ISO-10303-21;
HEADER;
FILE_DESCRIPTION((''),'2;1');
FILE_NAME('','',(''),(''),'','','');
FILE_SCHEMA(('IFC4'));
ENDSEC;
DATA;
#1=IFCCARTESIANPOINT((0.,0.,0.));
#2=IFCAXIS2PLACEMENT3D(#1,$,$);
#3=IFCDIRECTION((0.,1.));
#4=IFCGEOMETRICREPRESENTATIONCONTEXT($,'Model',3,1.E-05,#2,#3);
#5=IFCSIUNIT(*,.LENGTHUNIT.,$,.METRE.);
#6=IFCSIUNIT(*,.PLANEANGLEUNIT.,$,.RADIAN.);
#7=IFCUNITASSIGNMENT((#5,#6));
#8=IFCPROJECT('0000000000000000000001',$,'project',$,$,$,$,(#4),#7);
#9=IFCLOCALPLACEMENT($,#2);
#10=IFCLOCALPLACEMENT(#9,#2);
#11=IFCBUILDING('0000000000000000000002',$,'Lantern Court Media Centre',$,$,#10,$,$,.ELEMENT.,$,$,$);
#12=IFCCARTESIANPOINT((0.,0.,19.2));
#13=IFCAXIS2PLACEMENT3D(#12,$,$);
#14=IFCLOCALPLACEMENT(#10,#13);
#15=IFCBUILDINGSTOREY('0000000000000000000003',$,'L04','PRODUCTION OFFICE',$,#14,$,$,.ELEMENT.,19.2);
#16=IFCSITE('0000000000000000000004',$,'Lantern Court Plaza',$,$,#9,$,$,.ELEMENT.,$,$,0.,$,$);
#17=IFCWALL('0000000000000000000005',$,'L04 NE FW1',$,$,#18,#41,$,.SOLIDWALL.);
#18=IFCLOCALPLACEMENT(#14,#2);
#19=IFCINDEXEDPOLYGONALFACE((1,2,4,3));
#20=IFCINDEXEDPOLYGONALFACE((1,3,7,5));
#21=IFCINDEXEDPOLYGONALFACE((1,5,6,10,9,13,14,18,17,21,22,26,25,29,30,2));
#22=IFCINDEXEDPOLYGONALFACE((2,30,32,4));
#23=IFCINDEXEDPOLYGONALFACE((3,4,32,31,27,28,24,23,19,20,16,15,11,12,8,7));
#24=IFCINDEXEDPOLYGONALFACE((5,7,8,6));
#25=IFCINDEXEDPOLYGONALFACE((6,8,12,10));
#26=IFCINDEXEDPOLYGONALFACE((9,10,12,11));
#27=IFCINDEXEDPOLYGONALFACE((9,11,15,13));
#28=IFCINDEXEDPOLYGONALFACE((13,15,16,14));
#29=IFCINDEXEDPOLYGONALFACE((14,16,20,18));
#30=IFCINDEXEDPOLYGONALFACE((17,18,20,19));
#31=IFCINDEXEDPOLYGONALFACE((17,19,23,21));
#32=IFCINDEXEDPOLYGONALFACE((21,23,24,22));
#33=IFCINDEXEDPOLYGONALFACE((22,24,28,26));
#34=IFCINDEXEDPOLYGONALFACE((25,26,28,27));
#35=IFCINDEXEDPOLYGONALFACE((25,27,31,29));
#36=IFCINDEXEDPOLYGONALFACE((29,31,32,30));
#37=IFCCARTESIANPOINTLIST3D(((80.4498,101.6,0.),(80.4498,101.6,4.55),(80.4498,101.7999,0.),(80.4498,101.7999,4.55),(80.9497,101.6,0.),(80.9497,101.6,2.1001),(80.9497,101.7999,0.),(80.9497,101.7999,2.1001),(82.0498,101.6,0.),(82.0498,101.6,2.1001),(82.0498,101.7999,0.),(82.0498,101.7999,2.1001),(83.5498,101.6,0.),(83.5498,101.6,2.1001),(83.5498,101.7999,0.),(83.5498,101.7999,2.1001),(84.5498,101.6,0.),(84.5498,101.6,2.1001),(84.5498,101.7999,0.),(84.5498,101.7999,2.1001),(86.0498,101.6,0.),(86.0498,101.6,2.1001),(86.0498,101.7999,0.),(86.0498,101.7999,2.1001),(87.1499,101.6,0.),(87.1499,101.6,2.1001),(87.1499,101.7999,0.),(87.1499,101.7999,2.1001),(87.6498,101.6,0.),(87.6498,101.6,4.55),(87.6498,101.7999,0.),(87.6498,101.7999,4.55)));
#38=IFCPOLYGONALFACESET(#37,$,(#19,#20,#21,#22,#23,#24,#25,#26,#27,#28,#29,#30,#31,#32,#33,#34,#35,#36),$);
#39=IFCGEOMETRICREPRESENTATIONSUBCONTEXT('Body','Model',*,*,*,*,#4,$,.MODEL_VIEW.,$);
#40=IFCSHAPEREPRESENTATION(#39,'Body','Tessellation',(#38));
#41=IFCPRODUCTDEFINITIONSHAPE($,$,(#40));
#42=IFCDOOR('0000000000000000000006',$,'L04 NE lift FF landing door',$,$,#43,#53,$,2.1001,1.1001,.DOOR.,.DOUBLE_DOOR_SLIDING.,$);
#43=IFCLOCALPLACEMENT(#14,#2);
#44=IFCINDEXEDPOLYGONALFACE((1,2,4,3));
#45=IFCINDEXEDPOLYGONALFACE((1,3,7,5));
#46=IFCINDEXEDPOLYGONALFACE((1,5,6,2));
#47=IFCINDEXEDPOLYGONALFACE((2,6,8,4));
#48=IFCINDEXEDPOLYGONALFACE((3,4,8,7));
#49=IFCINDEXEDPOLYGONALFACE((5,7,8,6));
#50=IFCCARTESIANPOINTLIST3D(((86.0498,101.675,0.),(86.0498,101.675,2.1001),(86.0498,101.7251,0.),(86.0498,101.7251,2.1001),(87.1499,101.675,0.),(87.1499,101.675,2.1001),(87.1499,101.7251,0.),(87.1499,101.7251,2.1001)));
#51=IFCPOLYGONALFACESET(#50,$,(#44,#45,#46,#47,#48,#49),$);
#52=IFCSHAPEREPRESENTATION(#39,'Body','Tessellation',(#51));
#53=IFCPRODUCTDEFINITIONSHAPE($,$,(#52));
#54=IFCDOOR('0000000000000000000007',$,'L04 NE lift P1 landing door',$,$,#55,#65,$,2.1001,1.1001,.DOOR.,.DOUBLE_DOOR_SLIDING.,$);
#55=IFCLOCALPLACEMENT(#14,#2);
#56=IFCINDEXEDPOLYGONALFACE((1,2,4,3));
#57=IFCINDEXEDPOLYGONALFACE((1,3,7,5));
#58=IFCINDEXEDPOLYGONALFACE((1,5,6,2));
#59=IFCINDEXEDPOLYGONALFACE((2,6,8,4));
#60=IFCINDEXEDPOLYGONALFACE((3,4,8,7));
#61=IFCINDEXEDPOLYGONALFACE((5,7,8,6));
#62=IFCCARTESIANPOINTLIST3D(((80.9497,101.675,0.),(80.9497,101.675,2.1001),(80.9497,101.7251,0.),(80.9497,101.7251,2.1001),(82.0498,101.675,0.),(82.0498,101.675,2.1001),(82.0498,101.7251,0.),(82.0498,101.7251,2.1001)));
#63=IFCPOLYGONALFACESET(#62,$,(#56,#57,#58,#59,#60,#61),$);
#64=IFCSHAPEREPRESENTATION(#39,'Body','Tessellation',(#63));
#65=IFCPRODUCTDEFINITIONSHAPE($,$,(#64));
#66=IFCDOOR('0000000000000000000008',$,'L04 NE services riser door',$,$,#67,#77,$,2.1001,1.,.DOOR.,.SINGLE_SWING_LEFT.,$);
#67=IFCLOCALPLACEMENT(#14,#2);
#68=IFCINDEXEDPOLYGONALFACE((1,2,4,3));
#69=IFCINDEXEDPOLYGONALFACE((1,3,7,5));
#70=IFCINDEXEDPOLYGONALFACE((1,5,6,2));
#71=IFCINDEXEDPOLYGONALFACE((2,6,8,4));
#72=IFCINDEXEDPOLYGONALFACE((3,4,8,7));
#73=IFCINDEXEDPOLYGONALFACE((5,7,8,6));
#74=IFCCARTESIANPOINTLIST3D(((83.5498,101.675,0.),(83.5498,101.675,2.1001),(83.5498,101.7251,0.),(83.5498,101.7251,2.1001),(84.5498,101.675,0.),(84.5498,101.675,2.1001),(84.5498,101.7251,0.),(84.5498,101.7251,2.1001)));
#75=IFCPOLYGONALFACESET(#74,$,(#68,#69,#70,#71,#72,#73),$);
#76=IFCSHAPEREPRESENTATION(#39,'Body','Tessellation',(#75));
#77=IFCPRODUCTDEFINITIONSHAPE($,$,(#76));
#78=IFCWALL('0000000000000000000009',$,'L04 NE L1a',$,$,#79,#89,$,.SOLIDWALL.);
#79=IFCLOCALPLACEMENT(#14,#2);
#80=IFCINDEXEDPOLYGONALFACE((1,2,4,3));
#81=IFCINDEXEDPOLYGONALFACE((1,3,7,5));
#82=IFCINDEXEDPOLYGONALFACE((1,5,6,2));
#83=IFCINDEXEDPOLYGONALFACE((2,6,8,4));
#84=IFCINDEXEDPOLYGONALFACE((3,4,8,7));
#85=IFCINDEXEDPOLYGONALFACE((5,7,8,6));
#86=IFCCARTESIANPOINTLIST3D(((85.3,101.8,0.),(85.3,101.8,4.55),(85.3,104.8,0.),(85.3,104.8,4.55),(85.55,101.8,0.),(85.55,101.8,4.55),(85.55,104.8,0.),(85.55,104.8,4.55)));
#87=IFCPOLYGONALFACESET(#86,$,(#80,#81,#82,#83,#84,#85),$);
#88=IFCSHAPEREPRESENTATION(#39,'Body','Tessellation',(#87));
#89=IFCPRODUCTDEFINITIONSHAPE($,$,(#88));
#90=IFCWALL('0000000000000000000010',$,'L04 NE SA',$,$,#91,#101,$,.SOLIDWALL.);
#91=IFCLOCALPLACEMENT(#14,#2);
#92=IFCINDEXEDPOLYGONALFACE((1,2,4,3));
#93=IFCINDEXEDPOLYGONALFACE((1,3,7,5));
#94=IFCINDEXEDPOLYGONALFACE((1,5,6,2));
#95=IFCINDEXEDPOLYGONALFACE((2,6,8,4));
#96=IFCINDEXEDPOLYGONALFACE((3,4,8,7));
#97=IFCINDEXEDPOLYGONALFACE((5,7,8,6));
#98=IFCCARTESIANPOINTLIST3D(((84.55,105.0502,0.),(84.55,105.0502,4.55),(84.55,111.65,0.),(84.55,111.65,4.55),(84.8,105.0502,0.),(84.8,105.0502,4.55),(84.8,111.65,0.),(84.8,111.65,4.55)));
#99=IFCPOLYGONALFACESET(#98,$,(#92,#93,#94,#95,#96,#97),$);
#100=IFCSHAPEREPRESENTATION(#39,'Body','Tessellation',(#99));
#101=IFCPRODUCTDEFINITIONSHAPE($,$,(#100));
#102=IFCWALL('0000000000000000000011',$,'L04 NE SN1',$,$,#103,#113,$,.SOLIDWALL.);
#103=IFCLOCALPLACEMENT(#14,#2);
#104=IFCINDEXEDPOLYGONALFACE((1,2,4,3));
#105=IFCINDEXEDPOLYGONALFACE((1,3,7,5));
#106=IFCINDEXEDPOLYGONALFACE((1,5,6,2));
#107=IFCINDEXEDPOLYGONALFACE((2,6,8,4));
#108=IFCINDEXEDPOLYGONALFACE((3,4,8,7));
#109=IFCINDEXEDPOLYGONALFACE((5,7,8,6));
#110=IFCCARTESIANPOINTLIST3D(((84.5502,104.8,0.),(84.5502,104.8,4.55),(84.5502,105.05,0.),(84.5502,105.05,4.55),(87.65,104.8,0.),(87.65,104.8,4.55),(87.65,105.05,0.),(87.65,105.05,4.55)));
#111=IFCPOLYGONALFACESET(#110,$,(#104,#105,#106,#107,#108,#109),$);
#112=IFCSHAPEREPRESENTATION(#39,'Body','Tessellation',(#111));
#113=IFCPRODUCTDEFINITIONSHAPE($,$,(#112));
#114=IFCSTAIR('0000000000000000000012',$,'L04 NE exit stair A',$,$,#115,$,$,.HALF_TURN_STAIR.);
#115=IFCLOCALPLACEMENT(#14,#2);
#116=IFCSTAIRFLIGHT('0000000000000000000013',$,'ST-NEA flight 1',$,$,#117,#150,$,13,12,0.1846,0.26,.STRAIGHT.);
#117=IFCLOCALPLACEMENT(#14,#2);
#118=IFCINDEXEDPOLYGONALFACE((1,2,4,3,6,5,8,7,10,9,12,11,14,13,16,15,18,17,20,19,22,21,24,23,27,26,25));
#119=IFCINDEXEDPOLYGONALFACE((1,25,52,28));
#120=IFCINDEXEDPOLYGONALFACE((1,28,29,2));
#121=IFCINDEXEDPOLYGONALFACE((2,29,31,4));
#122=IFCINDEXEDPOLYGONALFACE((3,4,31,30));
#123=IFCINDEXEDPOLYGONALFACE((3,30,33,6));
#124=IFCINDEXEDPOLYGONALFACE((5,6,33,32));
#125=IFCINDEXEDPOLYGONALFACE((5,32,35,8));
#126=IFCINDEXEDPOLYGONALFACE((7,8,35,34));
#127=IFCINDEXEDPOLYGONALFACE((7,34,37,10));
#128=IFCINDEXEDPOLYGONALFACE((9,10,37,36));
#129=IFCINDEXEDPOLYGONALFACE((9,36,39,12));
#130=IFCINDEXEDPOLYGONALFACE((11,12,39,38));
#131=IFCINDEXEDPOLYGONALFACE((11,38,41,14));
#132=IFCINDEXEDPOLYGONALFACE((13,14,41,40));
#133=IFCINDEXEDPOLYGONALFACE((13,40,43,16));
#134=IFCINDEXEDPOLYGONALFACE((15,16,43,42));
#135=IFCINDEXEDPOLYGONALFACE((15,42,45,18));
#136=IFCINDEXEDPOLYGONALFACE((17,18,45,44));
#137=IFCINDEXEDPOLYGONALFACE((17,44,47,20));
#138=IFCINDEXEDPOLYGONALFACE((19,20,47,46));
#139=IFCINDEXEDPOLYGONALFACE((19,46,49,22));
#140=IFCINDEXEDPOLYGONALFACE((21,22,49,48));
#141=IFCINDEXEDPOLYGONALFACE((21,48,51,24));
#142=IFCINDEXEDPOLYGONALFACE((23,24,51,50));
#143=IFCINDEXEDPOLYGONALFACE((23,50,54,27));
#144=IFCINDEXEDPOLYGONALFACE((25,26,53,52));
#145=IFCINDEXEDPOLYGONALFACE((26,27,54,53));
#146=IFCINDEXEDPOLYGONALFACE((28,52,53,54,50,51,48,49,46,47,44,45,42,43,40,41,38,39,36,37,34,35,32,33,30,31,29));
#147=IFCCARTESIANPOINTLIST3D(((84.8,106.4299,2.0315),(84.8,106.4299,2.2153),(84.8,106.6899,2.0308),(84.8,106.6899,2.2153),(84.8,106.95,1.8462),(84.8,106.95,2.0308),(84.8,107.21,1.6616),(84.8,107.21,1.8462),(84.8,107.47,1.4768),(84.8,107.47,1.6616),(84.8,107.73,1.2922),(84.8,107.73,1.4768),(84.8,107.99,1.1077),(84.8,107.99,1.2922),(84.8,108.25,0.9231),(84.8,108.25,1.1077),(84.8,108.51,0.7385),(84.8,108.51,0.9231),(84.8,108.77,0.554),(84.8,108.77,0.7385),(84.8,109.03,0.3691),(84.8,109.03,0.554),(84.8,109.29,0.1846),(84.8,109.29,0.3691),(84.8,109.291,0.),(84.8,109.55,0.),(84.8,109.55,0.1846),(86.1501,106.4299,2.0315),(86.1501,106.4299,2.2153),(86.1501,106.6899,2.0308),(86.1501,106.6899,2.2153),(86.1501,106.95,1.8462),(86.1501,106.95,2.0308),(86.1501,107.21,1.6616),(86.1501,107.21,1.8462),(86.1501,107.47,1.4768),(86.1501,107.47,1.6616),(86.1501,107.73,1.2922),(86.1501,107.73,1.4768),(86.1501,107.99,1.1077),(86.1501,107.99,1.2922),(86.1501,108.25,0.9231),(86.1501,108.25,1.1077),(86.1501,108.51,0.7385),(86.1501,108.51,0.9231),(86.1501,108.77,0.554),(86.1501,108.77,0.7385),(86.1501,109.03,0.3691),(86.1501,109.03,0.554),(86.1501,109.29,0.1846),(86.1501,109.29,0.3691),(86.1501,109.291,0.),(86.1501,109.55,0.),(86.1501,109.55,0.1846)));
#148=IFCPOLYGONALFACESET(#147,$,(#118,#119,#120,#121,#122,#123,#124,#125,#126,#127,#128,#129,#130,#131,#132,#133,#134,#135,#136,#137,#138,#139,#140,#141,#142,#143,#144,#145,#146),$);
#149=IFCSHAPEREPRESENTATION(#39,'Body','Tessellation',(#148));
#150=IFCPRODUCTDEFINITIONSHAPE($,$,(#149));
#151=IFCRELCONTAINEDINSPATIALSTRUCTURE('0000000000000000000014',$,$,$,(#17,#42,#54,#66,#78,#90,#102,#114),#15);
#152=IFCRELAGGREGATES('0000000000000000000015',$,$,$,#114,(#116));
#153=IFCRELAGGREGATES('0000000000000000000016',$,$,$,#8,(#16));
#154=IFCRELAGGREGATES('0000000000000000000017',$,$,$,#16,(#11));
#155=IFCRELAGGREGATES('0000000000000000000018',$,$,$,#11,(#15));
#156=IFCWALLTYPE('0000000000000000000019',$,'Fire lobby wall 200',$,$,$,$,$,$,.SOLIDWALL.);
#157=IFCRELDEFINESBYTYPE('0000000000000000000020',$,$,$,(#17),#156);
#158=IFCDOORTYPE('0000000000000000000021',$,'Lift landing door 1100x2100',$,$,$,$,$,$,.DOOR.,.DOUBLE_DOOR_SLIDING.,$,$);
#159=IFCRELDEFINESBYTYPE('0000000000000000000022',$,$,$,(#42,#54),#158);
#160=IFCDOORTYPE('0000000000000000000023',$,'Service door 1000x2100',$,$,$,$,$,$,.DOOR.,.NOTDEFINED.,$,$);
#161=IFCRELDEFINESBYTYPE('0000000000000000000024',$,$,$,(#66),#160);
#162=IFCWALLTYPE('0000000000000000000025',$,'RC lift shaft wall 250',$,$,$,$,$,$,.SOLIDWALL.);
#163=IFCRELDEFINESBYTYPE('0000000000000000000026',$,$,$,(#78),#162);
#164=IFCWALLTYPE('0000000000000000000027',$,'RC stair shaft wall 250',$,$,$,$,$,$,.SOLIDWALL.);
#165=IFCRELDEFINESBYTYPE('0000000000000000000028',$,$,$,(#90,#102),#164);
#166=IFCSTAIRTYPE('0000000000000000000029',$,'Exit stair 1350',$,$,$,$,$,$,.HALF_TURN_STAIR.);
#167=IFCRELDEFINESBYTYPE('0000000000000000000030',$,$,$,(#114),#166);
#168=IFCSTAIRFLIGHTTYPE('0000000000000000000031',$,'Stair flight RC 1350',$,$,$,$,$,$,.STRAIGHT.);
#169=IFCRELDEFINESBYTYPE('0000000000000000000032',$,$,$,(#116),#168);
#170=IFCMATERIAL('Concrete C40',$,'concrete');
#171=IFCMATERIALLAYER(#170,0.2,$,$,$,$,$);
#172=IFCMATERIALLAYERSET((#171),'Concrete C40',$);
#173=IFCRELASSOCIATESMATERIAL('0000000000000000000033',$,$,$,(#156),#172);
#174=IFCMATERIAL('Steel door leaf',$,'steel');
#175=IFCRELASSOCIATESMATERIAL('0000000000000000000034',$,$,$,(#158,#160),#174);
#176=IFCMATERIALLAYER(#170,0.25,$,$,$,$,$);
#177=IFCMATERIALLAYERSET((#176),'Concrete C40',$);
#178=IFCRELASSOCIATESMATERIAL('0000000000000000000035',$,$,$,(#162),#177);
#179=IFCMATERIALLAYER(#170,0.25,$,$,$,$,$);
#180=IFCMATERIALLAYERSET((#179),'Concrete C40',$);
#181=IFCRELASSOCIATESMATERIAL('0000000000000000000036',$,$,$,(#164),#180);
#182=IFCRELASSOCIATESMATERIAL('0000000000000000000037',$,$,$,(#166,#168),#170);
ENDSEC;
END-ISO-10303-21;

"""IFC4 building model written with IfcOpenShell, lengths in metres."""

from ifc_helpers import new_model, si_unit, direction, frame, frame_2d, origin, place, context, subcontext, project, spatial, polyline, rectangle, outline, extrude, material, layer, layer_set, type_object, element, fill, aggregate, save


model = new_model("IFC4")

# Units and contexts
model_context = context("Model", 3, precision=1e-05, world=origin(), true_north=direction((0.0, 1.0)))
body_context = subcontext(model_context, "Body", "Model", "MODEL_VIEW")
ifc_project = project(units=[si_unit("LENGTHUNIT", "METRE"), si_unit("PLANEANGLEUNIT", "RADIAN")], contexts=[model_context])

# Site, building, storey
site_placement = place(None, origin())
site = spatial("IfcSite", under=ifc_project, at=site_placement, Name="Lantern Court Plaza", CompositionType="ELEMENT", RefElevation=0.0)
building_placement = place(site_placement, origin())
building = spatial("IfcBuilding", under=site, at=building_placement, Name="Lantern Court Media Centre", CompositionType="ELEMENT")
storey_placement = place(building_placement, frame((0.0, 0.0, 19.2)))
storey = spatial("IfcBuildingStorey", under=building, at=storey_placement, Name="L04", Description="PRODUCTION OFFICE", CompositionType="ELEMENT", Elevation=19.2)

# Wall, openings, doors
ifc_material_1 = material(Name="Concrete C40", Category="concrete")
ifc_layer_1 = layer(ifc_material_1, 0.2)
ifc_layer_set_1 = layer_set([ifc_layer_1], Name="Concrete C40")
wall_type_1 = type_object("IfcWallType", Name="Fire lobby wall 200", PredefinedType="SOLIDWALL", material=ifc_layer_set_1)
wall_1_placement = place(storey_placement, frame((87.6499, 101.7, 0.0), z_axis=(0.0, 0.0, 1.0), x_axis=(-1.0, 0.0, 0.0)))
wall_1 = element("IfcWall", 1, at=wall_1_placement, inside=storey, type_object=wall_type_1, Name="L04 NE FW1", PredefinedType="SOLIDWALL", context=body_context, shape_type="SweptSolid", body=[
    extrude(rectangle(XDim=7.2, YDim=0.2, at=frame_2d((3.6001, 0.0))), origin(), (0.0, 0.0, 1.0), 4.55),
])
opening_1_placement = place(wall_1_placement, frame((0.5, 0.0, 0.0)))
opening_1 = element("IfcOpeningElement", 2, at=opening_1_placement, cuts=wall_1, PredefinedType="OPENING", context=body_context, shape_type="SweptSolid", body=[
    extrude(rectangle(XDim=1.1001, YDim=2.1001, at=frame_2d((0.55, 1.05))), frame((0.0, 0.1099, 0.0), z_axis=(0.0, -1.0, 0.0), x_axis=(1.0, 0.0, 0.0)), (0.0, 0.0, 1.0), 0.22),
])
opening_2_placement = place(wall_1_placement, frame((5.6001, 0.0, 0.0)))
opening_2 = element("IfcOpeningElement", 3, at=opening_2_placement, cuts=wall_1, PredefinedType="OPENING", context=body_context, shape_type="SweptSolid", body=[
    extrude(rectangle(XDim=1.1001, YDim=2.1001, at=frame_2d((0.55, 1.05))), frame((0.0, 0.1099, 0.0), z_axis=(0.0, -1.0, 0.0), x_axis=(1.0, 0.0, 0.0)), (0.0, 0.0, 1.0), 0.22),
])
opening_3_placement = place(wall_1_placement, frame((3.1001, 0.0, 0.0)))
opening_3 = element("IfcOpeningElement", 4, at=opening_3_placement, cuts=wall_1, PredefinedType="OPENING", context=body_context, shape_type="SweptSolid", body=[
    extrude(rectangle(XDim=1.0, YDim=2.1001, at=frame_2d((0.5, 1.05))), frame((0.0, 0.1099, 0.0), z_axis=(0.0, -1.0, 0.0), x_axis=(1.0, 0.0, 0.0)), (0.0, 0.0, 1.0), 0.22),
])
ifc_material_2 = material(Name="Steel door leaf", Category="steel")
door_type_1 = type_object("IfcDoorType", Name="Lift landing door 1100x2100", OperationType="DOUBLE_DOOR_SLIDING", PredefinedType="DOOR", material=ifc_material_2)
door_1_placement = place(opening_1_placement, origin())
door_1 = element("IfcDoor", 5, at=door_1_placement, inside=storey, type_object=door_type_1, Name="L04 NE lift FF landing door", OperationType="DOUBLE_DOOR_SLIDING", OverallHeight=2.1001, OverallWidth=1.1001, PredefinedType="DOOR", context=body_context, shape_type="SweptSolid", body=[
    extrude(rectangle(XDim=1.1001, YDim=2.1001, at=frame_2d((0.55, 1.05))), frame((0.0, 0.0249, 0.0), z_axis=(0.0, -1.0, 0.0), x_axis=(1.0, 0.0, 0.0)), (0.0, 0.0, 1.0), 0.05),
])
fill(opening_1, door_1)
door_2_placement = place(opening_2_placement, origin())
door_2 = element("IfcDoor", 6, at=door_2_placement, inside=storey, type_object=door_type_1, Name="L04 NE lift P1 landing door", OperationType="DOUBLE_DOOR_SLIDING", OverallHeight=2.1001, OverallWidth=1.1001, PredefinedType="DOOR", context=body_context, shape_type="SweptSolid", body=[
    extrude(rectangle(XDim=1.1001, YDim=2.1001, at=frame_2d((0.55, 1.05))), frame((0.0, 0.0249, 0.0), z_axis=(0.0, -1.0, 0.0), x_axis=(1.0, 0.0, 0.0)), (0.0, 0.0, 1.0), 0.05),
])
fill(opening_2, door_2)
door_type_2 = type_object("IfcDoorType", Name="Service door 1000x2100", OperationType="NOTDEFINED", PredefinedType="DOOR", material=ifc_material_2)
door_3_placement = place(opening_3_placement, origin())
door_3 = element("IfcDoor", 7, at=door_3_placement, inside=storey, type_object=door_type_2, Name="L04 NE services riser door", OperationType="SINGLE_SWING_LEFT", OverallHeight=2.1001, OverallWidth=1.0, PredefinedType="DOOR", context=body_context, shape_type="SweptSolid", body=[
    extrude(rectangle(XDim=1.0, YDim=2.1001, at=frame_2d((0.5, 1.05))), frame((0.0, 0.0249, 0.0), z_axis=(0.0, -1.0, 0.0), x_axis=(1.0, 0.0, 0.0)), (0.0, 0.0, 1.0), 0.05),
])
fill(opening_3, door_3)

# Walls
ifc_layer_2 = layer(ifc_material_1, 0.25)
ifc_layer_set_2 = layer_set([ifc_layer_2], Name="Concrete C40")
wall_type_2 = type_object("IfcWallType", Name="RC lift shaft wall 250", PredefinedType="SOLIDWALL", material=ifc_layer_set_2)
wall_2_placement = place(storey_placement, frame((85.425, 104.8, 0.0), z_axis=(0.0, 0.0, 1.0), x_axis=(0.0, -1.0, 0.0)))
element("IfcWall", 8, at=wall_2_placement, inside=storey, type_object=wall_type_2, Name="L04 NE L1a", PredefinedType="SOLIDWALL", context=body_context, shape_type="SweptSolid", body=[
    extrude(rectangle(XDim=3.0, YDim=0.25, at=frame_2d((1.5, 0.0))), origin(), (0.0, 0.0, 1.0), 4.55),
])
ifc_layer_3 = layer(ifc_material_1, 0.25)
ifc_layer_set_3 = layer_set([ifc_layer_3], Name="Concrete C40")
wall_type_3 = type_object("IfcWallType", Name="RC stair shaft wall 250", PredefinedType="SOLIDWALL", material=ifc_layer_set_3)
wall_3_placement = place(storey_placement, frame((84.675, 111.6499, 0.0), z_axis=(0.0, 0.0, 1.0), x_axis=(0.0, -1.0, 0.0)))
element("IfcWall", 9, at=wall_3_placement, inside=storey, type_object=wall_type_3, Name="L04 NE SA", PredefinedType="SOLIDWALL", context=body_context, shape_type="SweptSolid", body=[
    extrude(rectangle(XDim=6.5999, YDim=0.25, at=frame_2d((3.2998, 0.0))), origin(), (0.0, 0.0, 1.0), 4.55),
])
wall_4_placement = place(storey_placement, frame((87.6499, 104.925, 0.0), z_axis=(0.0, 0.0, 1.0), x_axis=(-1.0, 0.0, 0.0)))
element("IfcWall", 10, at=wall_4_placement, inside=storey, type_object=wall_type_3, Name="L04 NE SN1", PredefinedType="SOLIDWALL", context=body_context, shape_type="SweptSolid", body=[
    extrude(rectangle(XDim=3.0999, YDim=0.25, at=frame_2d((1.5498, 0.0))), origin(), (0.0, 0.0, 1.0), 4.55),
])

# Stair, stair flight
stair_type = type_object("IfcStairType", Name="Exit stair 1350", PredefinedType="HALF_TURN_STAIR", material=ifc_material_1)
stair_placement = place(storey_placement, origin())
stair = element("IfcStair", 11, at=stair_placement, inside=storey, type_object=stair_type, Name="L04 NE exit stair A", PredefinedType="HALF_TURN_STAIR")
stair_flight_type = type_object("IfcStairFlightType", Name="Stair flight RC 1350", PredefinedType="STRAIGHT", material=ifc_material_1)
stair_flight_1_placement = place(storey_placement, frame((85.4751, 109.55, 0.0), z_axis=(0.0, 0.0, 1.0), x_axis=(0.0, -1.0, 0.0)))
stair_flight_1 = element("IfcStairFlight", 12, at=stair_flight_1_placement, type_object=stair_flight_type, Name="ST-NEA flight 1", NumberOfRisers=13, NumberOfTreads=12, PredefinedType="STRAIGHT", RiserHeight=0.1846, TreadLength=0.26, context=body_context, shape_type="SweptSolid", body=[
    extrude(outline(polyline([(0.0, 0.0), (0.0, 0.1846), (0.26, 0.1846), (0.26, 0.3691), (0.52, 0.3691), (0.52, 0.554), (0.78, 0.554), (0.78, 0.7385), (1.04, 0.7385), (1.04, 0.9231), (1.3, 0.9231), (1.3, 1.1077), (1.5601, 1.1077), (1.5601, 1.2922), (1.8201, 1.2922), (1.8201, 1.4768), (2.0801, 1.4768), (2.0801, 1.6616), (2.3401, 1.6616), (2.3401, 1.8462), (2.6001, 1.8462), (2.6001, 2.0308), (2.8601, 2.0308), (2.8601, 2.2153), (3.1201, 2.2153), (3.1201, 2.3999), (3.1201, 2.0315), (0.259, 0.0), (0.0, 0.0)])), frame((0.0, 0.675, 0.0), z_axis=(0.0, -1.0, 0.0), x_axis=(1.0, 0.0, 0.0)), (0.0, 0.0, 1.0), 1.3501),
])
aggregate(stair, [stair_flight_1])

save(model, "model.ifc")
